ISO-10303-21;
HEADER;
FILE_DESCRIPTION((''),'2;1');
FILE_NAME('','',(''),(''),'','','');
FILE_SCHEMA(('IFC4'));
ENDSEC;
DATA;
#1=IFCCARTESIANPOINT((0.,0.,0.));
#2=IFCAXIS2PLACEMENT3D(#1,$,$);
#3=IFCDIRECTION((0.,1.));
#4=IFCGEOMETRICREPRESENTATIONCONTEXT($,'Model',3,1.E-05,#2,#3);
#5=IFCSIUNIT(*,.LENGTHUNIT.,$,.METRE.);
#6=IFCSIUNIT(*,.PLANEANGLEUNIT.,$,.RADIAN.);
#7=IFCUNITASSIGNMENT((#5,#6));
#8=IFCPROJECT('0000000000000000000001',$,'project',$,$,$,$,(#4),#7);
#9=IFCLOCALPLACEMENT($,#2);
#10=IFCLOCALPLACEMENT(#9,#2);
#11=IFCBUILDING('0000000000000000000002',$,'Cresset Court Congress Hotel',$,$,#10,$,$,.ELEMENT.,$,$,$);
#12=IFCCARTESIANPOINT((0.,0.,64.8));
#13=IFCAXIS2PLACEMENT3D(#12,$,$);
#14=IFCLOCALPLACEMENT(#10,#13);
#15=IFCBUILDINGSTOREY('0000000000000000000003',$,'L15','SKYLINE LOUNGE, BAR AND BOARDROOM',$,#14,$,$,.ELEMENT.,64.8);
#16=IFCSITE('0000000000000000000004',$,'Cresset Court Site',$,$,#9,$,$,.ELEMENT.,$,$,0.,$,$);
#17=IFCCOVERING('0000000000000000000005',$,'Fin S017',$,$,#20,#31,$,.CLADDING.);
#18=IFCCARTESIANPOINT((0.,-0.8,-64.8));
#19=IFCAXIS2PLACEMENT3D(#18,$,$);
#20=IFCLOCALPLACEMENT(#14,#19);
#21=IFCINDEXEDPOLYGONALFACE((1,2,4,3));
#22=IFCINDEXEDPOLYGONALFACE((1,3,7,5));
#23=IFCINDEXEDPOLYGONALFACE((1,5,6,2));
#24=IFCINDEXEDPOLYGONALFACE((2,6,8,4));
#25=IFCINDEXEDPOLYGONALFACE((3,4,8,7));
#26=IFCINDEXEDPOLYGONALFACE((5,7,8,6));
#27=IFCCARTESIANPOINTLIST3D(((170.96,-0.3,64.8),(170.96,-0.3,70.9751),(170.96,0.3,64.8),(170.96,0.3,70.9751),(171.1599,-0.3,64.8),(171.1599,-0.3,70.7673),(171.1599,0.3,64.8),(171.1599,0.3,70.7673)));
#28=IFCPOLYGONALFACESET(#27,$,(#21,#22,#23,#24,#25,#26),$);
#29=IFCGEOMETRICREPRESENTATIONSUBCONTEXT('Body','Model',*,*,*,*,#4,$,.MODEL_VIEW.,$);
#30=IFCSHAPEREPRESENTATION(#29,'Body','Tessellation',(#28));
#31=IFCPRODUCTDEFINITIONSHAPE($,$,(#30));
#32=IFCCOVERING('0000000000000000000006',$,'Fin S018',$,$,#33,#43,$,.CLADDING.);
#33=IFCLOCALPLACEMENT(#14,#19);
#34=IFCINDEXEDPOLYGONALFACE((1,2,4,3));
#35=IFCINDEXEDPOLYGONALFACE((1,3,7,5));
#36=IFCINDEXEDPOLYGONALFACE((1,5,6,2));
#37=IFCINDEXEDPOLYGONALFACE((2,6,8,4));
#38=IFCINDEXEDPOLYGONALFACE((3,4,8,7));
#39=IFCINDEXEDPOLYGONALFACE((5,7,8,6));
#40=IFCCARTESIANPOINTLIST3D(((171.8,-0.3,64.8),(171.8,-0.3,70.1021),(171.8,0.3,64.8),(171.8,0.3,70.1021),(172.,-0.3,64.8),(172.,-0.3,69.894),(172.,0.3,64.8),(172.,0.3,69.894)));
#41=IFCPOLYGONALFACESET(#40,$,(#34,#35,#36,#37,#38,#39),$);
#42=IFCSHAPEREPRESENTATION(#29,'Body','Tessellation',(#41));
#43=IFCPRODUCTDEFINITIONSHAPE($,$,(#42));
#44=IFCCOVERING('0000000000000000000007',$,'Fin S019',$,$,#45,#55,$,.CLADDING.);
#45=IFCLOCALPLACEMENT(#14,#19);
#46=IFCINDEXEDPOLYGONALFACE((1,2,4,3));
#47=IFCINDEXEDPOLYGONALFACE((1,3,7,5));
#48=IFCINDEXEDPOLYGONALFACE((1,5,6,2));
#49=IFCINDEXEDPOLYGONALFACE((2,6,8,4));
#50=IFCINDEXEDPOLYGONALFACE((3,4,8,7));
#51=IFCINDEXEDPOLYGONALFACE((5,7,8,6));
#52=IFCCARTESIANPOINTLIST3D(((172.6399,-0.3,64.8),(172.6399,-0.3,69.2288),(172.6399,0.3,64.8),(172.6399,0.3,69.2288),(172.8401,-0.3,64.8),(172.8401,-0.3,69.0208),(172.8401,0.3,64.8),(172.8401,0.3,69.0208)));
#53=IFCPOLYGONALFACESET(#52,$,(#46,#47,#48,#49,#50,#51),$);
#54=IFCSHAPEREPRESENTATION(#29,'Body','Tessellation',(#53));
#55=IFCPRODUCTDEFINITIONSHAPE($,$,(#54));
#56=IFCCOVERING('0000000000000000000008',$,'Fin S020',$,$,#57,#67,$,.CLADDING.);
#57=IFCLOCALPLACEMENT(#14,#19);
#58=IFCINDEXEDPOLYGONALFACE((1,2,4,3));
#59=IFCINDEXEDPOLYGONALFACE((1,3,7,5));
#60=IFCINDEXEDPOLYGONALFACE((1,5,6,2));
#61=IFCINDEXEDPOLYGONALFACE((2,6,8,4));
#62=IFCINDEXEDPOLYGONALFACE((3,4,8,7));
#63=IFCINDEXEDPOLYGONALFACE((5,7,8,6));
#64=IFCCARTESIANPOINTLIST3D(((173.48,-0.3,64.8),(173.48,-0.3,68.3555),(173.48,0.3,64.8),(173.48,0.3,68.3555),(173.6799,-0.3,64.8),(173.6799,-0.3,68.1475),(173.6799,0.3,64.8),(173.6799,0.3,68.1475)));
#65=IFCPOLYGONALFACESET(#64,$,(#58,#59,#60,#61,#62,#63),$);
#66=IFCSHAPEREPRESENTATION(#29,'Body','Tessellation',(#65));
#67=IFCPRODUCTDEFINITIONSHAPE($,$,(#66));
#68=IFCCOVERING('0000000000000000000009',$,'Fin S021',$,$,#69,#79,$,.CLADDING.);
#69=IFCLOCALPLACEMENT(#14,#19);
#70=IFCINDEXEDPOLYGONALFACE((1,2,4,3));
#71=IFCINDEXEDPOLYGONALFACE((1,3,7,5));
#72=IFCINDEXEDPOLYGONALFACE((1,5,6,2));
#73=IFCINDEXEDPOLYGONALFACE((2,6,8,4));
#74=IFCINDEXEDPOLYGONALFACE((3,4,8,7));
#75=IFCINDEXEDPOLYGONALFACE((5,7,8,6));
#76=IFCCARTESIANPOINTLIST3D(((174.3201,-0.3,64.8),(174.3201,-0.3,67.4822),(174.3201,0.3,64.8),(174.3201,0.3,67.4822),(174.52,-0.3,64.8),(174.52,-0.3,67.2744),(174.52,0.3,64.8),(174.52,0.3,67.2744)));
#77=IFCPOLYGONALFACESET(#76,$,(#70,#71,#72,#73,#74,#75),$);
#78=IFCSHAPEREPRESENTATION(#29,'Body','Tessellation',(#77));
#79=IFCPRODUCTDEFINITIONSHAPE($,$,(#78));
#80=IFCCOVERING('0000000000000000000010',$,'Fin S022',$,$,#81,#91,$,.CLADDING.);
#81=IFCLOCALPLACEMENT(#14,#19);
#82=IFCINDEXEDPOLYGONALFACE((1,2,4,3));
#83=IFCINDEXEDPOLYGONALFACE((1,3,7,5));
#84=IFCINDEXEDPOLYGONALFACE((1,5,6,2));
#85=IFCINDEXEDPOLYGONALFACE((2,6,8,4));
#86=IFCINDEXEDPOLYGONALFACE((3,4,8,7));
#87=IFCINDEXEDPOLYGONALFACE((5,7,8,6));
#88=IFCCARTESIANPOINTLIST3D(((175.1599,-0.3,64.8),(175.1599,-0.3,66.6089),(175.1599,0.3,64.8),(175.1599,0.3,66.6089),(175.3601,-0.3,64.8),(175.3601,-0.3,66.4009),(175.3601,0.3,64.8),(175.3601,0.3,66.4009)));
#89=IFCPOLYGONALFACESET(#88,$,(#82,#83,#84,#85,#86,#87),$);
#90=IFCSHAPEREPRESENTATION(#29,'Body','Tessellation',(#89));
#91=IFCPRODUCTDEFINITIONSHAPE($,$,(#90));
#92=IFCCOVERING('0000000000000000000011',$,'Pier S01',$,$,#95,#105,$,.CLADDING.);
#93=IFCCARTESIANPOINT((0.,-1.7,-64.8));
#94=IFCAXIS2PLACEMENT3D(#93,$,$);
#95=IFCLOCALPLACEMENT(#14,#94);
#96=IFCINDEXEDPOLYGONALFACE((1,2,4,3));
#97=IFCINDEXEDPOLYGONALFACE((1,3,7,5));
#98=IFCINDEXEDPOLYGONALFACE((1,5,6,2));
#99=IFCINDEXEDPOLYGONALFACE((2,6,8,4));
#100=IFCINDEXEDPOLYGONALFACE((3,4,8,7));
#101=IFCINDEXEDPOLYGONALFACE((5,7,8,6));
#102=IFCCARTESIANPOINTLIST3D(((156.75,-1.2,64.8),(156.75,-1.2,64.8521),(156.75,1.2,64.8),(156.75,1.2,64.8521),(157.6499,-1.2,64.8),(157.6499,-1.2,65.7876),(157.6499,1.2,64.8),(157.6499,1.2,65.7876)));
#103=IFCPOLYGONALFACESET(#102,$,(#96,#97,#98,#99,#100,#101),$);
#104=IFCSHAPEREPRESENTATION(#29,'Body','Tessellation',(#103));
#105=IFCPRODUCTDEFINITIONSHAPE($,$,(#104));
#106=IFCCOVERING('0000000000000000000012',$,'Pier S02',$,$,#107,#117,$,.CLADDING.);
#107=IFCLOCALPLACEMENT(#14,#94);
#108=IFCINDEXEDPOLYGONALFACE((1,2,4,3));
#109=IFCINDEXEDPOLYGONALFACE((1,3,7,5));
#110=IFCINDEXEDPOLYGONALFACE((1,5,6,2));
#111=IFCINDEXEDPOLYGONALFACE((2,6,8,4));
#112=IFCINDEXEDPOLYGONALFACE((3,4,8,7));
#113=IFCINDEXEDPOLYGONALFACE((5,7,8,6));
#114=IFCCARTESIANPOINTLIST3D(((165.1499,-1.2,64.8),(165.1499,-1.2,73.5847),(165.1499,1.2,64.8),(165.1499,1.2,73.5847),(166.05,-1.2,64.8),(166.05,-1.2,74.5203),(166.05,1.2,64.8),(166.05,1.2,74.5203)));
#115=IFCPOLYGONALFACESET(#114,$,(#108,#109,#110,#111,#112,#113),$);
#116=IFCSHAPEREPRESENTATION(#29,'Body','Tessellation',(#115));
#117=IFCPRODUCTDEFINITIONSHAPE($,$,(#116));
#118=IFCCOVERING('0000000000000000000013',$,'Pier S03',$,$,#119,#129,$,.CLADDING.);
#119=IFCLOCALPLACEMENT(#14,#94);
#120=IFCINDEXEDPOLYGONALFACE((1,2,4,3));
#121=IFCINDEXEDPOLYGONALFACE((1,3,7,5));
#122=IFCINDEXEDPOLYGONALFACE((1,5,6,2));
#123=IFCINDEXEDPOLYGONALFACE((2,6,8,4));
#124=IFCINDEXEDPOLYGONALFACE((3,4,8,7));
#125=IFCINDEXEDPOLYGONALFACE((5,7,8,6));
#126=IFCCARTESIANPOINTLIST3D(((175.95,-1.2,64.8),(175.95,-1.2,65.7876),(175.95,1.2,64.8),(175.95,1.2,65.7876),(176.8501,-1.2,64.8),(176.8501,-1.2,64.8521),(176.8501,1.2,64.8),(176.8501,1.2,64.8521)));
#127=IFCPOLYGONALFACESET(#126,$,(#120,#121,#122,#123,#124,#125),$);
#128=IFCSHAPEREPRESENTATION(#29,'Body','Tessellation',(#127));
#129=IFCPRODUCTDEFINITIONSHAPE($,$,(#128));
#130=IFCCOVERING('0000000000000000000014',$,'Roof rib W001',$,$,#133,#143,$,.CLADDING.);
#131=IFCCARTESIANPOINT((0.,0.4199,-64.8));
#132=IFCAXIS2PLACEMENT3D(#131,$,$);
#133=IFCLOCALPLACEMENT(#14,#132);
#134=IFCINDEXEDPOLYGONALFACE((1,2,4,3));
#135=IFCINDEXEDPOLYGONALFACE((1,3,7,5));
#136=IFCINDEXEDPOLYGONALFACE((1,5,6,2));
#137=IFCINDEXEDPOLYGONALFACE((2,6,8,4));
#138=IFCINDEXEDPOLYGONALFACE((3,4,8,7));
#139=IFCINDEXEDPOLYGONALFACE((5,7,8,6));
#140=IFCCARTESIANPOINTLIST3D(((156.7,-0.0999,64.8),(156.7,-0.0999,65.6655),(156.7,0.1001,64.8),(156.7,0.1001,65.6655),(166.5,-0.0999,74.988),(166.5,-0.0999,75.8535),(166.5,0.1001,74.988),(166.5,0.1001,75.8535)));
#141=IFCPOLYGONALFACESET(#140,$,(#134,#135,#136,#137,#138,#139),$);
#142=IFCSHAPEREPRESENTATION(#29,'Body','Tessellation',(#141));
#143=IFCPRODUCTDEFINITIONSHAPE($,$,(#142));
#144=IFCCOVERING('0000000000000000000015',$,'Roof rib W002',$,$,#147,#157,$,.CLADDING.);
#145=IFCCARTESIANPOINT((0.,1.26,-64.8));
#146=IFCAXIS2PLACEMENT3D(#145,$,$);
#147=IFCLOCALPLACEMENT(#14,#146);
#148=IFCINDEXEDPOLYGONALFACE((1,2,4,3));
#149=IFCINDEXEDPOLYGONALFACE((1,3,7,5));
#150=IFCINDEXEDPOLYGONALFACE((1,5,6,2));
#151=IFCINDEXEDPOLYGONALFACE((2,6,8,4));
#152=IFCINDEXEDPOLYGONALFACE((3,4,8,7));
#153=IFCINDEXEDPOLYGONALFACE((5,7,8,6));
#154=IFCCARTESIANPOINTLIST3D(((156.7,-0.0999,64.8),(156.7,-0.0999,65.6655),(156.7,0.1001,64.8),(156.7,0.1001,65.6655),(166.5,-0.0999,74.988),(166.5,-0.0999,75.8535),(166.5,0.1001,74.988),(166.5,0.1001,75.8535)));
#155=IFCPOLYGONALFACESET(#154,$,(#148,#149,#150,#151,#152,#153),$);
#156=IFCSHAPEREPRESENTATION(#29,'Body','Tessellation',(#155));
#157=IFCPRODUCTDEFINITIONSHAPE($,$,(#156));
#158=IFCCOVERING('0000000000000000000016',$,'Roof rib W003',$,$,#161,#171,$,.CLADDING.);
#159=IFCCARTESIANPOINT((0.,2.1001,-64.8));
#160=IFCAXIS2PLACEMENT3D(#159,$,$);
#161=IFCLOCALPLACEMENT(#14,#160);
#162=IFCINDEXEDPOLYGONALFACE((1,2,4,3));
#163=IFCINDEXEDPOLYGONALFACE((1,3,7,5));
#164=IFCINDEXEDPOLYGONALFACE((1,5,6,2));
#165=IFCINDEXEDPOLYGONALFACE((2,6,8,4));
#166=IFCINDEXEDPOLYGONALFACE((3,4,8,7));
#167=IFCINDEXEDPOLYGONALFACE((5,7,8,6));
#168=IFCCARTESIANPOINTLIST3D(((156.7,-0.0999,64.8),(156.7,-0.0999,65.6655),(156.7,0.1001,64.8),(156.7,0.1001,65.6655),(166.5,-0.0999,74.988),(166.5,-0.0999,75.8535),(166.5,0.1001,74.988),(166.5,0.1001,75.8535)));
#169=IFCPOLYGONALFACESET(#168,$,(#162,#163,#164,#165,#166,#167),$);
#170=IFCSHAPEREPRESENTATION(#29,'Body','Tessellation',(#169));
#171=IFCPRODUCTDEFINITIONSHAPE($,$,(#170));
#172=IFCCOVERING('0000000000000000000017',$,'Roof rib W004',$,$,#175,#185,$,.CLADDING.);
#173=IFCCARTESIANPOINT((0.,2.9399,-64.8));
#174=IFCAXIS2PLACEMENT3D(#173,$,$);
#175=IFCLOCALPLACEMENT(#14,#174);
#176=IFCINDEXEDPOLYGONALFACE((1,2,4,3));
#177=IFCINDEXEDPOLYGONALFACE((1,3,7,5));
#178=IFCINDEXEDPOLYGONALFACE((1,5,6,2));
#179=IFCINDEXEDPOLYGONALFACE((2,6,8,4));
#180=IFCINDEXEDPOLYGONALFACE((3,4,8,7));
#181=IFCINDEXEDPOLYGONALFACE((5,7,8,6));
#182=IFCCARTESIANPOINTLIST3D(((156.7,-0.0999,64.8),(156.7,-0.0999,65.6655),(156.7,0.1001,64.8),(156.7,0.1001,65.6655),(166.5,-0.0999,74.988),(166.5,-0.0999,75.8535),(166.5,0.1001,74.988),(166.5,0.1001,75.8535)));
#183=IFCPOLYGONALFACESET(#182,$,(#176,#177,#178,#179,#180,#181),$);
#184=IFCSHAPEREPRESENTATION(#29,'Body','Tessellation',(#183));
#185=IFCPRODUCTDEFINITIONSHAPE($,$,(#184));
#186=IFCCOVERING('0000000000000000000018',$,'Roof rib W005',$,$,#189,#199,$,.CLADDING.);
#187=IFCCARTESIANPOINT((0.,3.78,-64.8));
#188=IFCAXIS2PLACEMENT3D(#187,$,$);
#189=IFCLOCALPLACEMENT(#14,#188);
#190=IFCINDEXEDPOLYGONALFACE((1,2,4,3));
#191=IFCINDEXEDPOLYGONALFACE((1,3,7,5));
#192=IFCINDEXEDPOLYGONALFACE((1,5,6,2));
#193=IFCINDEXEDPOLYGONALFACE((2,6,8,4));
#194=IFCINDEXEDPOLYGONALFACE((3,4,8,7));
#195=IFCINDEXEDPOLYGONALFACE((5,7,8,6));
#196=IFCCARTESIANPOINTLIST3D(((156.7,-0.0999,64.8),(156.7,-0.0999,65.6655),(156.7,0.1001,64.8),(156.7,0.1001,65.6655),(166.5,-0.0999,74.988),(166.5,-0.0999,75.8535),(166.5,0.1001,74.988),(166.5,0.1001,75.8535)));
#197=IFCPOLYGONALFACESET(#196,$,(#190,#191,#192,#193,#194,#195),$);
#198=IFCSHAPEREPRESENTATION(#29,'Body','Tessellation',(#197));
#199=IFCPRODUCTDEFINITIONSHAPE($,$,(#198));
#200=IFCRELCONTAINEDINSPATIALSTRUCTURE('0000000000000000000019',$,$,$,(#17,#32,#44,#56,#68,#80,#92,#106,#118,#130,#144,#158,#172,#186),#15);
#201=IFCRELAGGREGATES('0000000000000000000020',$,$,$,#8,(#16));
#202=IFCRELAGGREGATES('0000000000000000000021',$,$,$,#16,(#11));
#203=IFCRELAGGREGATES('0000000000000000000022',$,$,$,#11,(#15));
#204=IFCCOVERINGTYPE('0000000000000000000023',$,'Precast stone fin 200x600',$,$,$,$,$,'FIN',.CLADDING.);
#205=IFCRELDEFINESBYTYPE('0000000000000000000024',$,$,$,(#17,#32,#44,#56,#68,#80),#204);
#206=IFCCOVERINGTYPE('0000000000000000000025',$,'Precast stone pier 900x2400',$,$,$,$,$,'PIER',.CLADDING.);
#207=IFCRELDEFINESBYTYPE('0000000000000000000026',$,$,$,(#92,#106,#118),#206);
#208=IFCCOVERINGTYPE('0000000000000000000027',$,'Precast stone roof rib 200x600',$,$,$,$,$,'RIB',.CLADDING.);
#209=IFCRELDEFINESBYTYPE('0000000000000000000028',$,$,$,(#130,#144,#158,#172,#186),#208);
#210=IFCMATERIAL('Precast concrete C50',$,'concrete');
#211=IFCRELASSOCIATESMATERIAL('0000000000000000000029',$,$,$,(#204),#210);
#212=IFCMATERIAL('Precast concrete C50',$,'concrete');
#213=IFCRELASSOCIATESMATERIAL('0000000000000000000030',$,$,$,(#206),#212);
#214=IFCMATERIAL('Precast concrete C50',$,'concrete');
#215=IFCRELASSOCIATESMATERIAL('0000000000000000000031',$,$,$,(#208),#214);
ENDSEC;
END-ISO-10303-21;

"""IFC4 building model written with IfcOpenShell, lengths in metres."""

from ifc_helpers import new_model, si_unit, direction, frame, origin, place, context, subcontext, project, spatial, polyline, outline, extrude, material, type_object, element, save


model = new_model("IFC4")

# Units and contexts
model_context = context("Model", 3, precision=1e-05, world=origin(), true_north=direction((0.0, 1.0)))
body_context = subcontext(model_context, "Body", "Model", "MODEL_VIEW")
ifc_project = project(units=[si_unit("LENGTHUNIT", "METRE"), si_unit("PLANEANGLEUNIT", "RADIAN")], contexts=[model_context])

# Site, building, storey
site_placement = place(None, origin())
site = spatial("IfcSite", under=ifc_project, at=site_placement, Name="Cresset Court Site", CompositionType="ELEMENT", RefElevation=0.0)
building_placement = place(site_placement, origin())
building = spatial("IfcBuilding", under=site, at=building_placement, Name="Cresset Court Congress Hotel", CompositionType="ELEMENT")
storey_placement = place(building_placement, frame((0.0, 0.0, 64.8)))
storey = spatial("IfcBuildingStorey", under=building, at=storey_placement, Name="L15", Description="SKYLINE LOUNGE, BAR AND BOARDROOM", CompositionType="ELEMENT", Elevation=64.8)

# Coverings
ifc_material_1 = material(Name="Precast concrete C50", Category="concrete")
covering_type_1 = type_object("IfcCoveringType", Name="Precast stone fin 200x600", ElementType="FIN", PredefinedType="CLADDING", material=ifc_material_1)
covering_1_placement = place(storey_placement, frame((0.0, -0.8, -64.8)))
element("IfcCovering", 1, at=covering_1_placement, inside=storey, type_object=covering_type_1, Name="Fin S017", PredefinedType="CLADDING", context=body_context, shape_type="SweptSolid", body=[
    extrude(outline(polyline([(170.96, 64.8), (171.1599, 64.8), (171.1599, 70.7673), (170.96, 70.9751), (170.96, 64.8)])), frame((0.0, 0.3, 0.0), z_axis=(0.0, -1.0, 0.0), x_axis=(1.0, 0.0, 0.0)), (0.0, 0.0, 1.0), 0.6001),
])
covering_2_placement = place(storey_placement, frame((0.0, -0.8, -64.8)))
element("IfcCovering", 2, at=covering_2_placement, inside=storey, type_object=covering_type_1, Name="Fin S018", PredefinedType="CLADDING", context=body_context, shape_type="SweptSolid", body=[
    extrude(outline(polyline([(171.8, 64.8), (172.0, 64.8), (172.0, 69.894), (171.8, 70.1021), (171.8, 64.8)])), frame((0.0, 0.3, 0.0), z_axis=(0.0, -1.0, 0.0), x_axis=(1.0, 0.0, 0.0)), (0.0, 0.0, 1.0), 0.6001),
])
covering_3_placement = place(storey_placement, frame((0.0, -0.8, -64.8)))
element("IfcCovering", 3, at=covering_3_placement, inside=storey, type_object=covering_type_1, Name="Fin S019", PredefinedType="CLADDING", context=body_context, shape_type="SweptSolid", body=[
    extrude(outline(polyline([(172.6399, 64.8), (172.8401, 64.8), (172.8401, 69.0208), (172.6399, 69.2288), (172.6399, 64.8)])), frame((0.0, 0.3, 0.0), z_axis=(0.0, -1.0, 0.0), x_axis=(1.0, 0.0, 0.0)), (0.0, 0.0, 1.0), 0.6001),
])
covering_4_placement = place(storey_placement, frame((0.0, -0.8, -64.8)))
element("IfcCovering", 4, at=covering_4_placement, inside=storey, type_object=covering_type_1, Name="Fin S020", PredefinedType="CLADDING", context=body_context, shape_type="SweptSolid", body=[
    extrude(outline(polyline([(173.48, 64.8), (173.6799, 64.8), (173.6799, 68.1475), (173.48, 68.3555), (173.48, 64.8)])), frame((0.0, 0.3, 0.0), z_axis=(0.0, -1.0, 0.0), x_axis=(1.0, 0.0, 0.0)), (0.0, 0.0, 1.0), 0.6001),
])
covering_5_placement = place(storey_placement, frame((0.0, -0.8, -64.8)))
element("IfcCovering", 5, at=covering_5_placement, inside=storey, type_object=covering_type_1, Name="Fin S021", PredefinedType="CLADDING", context=body_context, shape_type="SweptSolid", body=[
    extrude(outline(polyline([(174.3201, 64.8), (174.52, 64.8), (174.52, 67.2744), (174.3201, 67.4822), (174.3201, 64.8)])), frame((0.0, 0.3, 0.0), z_axis=(0.0, -1.0, 0.0), x_axis=(1.0, 0.0, 0.0)), (0.0, 0.0, 1.0), 0.6001),
])
covering_6_placement = place(storey_placement, frame((0.0, -0.8, -64.8)))
element("IfcCovering", 6, at=covering_6_placement, inside=storey, type_object=covering_type_1, Name="Fin S022", PredefinedType="CLADDING", context=body_context, shape_type="SweptSolid", body=[
    extrude(outline(polyline([(175.1599, 64.8), (175.3601, 64.8), (175.3601, 66.4009), (175.1599, 66.6089), (175.1599, 64.8)])), frame((0.0, 0.3, 0.0), z_axis=(0.0, -1.0, 0.0), x_axis=(1.0, 0.0, 0.0)), (0.0, 0.0, 1.0), 0.6001),
])
ifc_material_2 = material(Name="Precast concrete C50", Category="concrete")
covering_type_2 = type_object("IfcCoveringType", Name="Precast stone pier 900x2400", ElementType="PIER", PredefinedType="CLADDING", material=ifc_material_2)
covering_7_placement = place(storey_placement, frame((0.0, -1.7, -64.8)))
element("IfcCovering", 7, at=covering_7_placement, inside=storey, type_object=covering_type_2, Name="Pier S01", PredefinedType="CLADDING", context=body_context, shape_type="SweptSolid", body=[
    extrude(outline(polyline([(156.75, 64.8), (157.6499, 64.8), (157.6499, 65.7876), (156.75, 64.8521), (156.75, 64.8)])), frame((0.0, 1.2, 0.0), z_axis=(0.0, -1.0, 0.0), x_axis=(1.0, 0.0, 0.0)), (0.0, 0.0, 1.0), 2.3999),
])
covering_8_placement = place(storey_placement, frame((0.0, -1.7, -64.8)))
element("IfcCovering", 8, at=covering_8_placement, inside=storey, type_object=covering_type_2, Name="Pier S02", PredefinedType="CLADDING", context=body_context, shape_type="SweptSolid", body=[
    extrude(outline(polyline([(165.1499, 64.8), (166.05, 64.8), (166.05, 74.5203), (165.1499, 73.5847), (165.1499, 64.8)])), frame((0.0, 1.2, 0.0), z_axis=(0.0, -1.0, 0.0), x_axis=(1.0, 0.0, 0.0)), (0.0, 0.0, 1.0), 2.3999),
])
covering_9_placement = place(storey_placement, frame((0.0, -1.7, -64.8)))
element("IfcCovering", 9, at=covering_9_placement, inside=storey, type_object=covering_type_2, Name="Pier S03", PredefinedType="CLADDING", context=body_context, shape_type="SweptSolid", body=[
    extrude(outline(polyline([(175.95, 64.8), (176.8501, 64.8), (176.8501, 64.8521), (175.95, 65.7876), (175.95, 64.8)])), frame((0.0, 1.2, 0.0), z_axis=(0.0, -1.0, 0.0), x_axis=(1.0, 0.0, 0.0)), (0.0, 0.0, 1.0), 2.3999),
])
ifc_material_3 = material(Name="Precast concrete C50", Category="concrete")
covering_type_3 = type_object("IfcCoveringType", Name="Precast stone roof rib 200x600", ElementType="RIB", PredefinedType="CLADDING", material=ifc_material_3)
for number, where, name in (
    (10, (0.0, 0.4199, -64.8), "Roof rib W001"),
    (11, (0.0, 1.26, -64.8), "Roof rib W002"),
    (12, (0.0, 2.1001, -64.8), "Roof rib W003"),
    (13, (0.0, 2.9399, -64.8), "Roof rib W004"),
    (14, (0.0, 3.78, -64.8), "Roof rib W005"),
):
    element("IfcCovering", number, at=place(storey_placement, frame(where)), inside=storey, type_object=covering_type_3, Name=name, PredefinedType="CLADDING", context=body_context, shape_type="SweptSolid", body=[
        extrude(outline(polyline([(166.5, 74.988), (156.7, 64.8), (156.7, 65.6655), (166.5, 75.8535), (166.5, 74.988)])), frame((0.0, 0.1001, 0.0), z_axis=(0.0, -1.0, 0.0), x_axis=(1.0, 0.0, 0.0)), (0.0, 0.0, 1.0), 0.2),
    ])

save(model, "model.ifc")
